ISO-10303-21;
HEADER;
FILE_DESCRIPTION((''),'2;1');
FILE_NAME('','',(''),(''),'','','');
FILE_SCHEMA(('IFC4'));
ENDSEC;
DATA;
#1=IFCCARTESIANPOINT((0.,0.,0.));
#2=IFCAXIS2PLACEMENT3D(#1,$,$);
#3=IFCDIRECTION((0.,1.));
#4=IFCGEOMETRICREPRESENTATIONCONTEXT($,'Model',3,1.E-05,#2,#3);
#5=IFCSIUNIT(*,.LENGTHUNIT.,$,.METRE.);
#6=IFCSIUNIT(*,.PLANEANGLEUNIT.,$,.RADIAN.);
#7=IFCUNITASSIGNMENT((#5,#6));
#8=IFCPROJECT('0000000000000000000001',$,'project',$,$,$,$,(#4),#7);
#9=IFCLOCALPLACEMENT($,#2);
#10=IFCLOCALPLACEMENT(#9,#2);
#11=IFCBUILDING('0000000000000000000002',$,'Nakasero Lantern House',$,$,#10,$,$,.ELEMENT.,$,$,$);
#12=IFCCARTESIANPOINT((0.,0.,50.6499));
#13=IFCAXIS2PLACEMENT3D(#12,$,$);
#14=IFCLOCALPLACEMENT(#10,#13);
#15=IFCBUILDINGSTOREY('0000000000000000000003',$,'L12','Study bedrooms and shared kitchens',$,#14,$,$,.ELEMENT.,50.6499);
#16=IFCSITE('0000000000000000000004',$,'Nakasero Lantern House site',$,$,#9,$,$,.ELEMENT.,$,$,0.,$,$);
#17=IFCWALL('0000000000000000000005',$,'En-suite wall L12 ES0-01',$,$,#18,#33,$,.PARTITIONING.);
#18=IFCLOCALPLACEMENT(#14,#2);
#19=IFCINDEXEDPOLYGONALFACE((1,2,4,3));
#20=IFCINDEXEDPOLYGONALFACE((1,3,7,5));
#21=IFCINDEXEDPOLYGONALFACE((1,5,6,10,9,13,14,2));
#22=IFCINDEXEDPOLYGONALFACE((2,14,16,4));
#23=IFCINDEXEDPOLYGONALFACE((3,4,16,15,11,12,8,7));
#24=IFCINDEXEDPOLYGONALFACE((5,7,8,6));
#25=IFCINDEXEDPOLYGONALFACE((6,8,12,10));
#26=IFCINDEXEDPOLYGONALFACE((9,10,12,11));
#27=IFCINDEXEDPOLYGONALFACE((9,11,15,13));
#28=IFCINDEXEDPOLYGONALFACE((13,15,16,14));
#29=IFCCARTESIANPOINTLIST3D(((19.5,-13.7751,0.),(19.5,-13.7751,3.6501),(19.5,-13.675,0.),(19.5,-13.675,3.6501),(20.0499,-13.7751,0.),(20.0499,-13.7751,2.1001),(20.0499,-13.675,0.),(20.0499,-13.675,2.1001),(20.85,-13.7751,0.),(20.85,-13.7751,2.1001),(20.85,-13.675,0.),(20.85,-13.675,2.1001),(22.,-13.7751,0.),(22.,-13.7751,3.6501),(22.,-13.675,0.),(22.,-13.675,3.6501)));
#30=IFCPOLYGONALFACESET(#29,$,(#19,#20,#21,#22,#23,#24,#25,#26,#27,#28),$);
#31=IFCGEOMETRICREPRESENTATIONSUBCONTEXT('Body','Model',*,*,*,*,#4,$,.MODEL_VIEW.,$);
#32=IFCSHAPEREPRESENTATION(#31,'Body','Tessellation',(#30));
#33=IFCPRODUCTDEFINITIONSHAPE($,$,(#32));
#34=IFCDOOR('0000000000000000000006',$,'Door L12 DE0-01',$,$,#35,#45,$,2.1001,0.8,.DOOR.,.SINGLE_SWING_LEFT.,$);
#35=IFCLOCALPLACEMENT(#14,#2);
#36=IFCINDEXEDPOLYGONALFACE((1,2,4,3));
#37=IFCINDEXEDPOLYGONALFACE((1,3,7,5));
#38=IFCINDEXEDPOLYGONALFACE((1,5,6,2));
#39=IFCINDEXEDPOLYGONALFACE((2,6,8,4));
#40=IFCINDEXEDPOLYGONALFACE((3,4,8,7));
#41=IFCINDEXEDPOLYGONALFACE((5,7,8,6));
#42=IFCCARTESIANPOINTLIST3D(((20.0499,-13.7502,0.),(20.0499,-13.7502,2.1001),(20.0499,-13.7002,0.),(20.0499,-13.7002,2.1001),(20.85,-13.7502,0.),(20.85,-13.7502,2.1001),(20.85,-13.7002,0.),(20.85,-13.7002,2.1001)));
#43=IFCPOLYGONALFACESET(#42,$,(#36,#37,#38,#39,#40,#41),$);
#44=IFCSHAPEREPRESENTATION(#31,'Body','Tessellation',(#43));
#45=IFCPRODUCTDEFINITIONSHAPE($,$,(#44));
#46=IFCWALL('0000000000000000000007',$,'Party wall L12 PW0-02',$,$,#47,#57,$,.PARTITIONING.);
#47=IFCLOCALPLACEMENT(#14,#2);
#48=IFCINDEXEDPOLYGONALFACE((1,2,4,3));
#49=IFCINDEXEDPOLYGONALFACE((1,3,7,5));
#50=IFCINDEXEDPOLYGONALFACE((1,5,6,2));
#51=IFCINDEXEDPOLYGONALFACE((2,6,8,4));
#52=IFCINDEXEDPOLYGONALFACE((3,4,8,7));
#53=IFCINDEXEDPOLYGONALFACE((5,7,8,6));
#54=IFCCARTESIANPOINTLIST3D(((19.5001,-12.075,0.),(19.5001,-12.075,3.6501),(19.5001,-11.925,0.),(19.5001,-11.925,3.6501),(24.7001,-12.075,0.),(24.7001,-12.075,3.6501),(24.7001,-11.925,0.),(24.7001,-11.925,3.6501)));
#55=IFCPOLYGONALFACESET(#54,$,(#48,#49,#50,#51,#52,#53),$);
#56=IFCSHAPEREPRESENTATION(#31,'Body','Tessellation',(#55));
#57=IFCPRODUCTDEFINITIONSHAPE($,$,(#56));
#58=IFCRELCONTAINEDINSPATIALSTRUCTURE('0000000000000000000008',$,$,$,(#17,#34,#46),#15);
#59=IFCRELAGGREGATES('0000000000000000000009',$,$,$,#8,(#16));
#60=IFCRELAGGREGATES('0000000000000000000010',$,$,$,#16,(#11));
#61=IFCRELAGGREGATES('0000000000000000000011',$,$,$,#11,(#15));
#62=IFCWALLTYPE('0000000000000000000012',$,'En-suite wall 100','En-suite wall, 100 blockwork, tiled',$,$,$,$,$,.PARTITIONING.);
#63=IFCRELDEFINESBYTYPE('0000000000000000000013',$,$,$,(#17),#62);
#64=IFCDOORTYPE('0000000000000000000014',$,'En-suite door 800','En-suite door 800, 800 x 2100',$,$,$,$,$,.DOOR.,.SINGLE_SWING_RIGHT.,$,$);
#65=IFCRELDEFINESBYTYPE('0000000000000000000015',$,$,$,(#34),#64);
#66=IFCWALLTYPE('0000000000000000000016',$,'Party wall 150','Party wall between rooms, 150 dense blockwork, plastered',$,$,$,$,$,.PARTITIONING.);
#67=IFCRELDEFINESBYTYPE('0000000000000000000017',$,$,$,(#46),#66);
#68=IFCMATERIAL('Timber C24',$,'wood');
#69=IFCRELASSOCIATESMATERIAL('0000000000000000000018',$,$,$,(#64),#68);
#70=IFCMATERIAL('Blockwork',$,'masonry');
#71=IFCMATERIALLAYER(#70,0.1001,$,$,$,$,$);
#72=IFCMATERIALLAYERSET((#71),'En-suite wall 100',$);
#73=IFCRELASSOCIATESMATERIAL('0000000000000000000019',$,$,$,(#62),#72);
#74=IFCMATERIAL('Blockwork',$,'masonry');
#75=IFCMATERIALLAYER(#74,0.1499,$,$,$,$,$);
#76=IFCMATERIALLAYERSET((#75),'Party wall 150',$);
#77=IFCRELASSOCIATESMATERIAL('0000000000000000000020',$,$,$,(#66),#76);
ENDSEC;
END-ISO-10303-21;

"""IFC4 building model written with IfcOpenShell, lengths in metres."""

from ifc_helpers import new_model, si_unit, direction, frame, frame_2d, origin, place, context, subcontext, project, spatial, rectangle, extrude, material, layer, layer_set, type_object, element, fill, save


model = new_model("IFC4")

# Units and contexts
model_context = context("Model", 3, precision=1e-05, world=origin(), true_north=direction((0.0, 1.0)))
body_context = subcontext(model_context, "Body", "Model", "MODEL_VIEW")
ifc_project = project(units=[si_unit("LENGTHUNIT", "METRE"), si_unit("PLANEANGLEUNIT", "RADIAN")], contexts=[model_context])

# Site, building, storey
site_placement = place(None, origin())
site = spatial("IfcSite", under=ifc_project, at=site_placement, Name="Nakasero Lantern House site", CompositionType="ELEMENT", RefElevation=0.0)
building_placement = place(site_placement, origin())
building = spatial("IfcBuilding", under=site, at=building_placement, Name="Nakasero Lantern House", CompositionType="ELEMENT")
storey_placement = place(building_placement, frame((0.0, 0.0, 50.6499)))
storey = spatial("IfcBuildingStorey", under=building, at=storey_placement, Name="L12", Description="Study bedrooms and shared kitchens", CompositionType="ELEMENT", Elevation=50.6499)

# Shared definitions
ifc_material_1 = material(Name="Timber C24", Category="wood")
door_type_1 = type_object("IfcDoorType", Name="En-suite door 800", Description="En-suite door 800, 800 x 2100", OperationType="SINGLE_SWING_RIGHT", PredefinedType="DOOR", material=ifc_material_1)

# Wall, opening, door
ifc_material_2 = material(Name="Blockwork", Category="masonry")
ifc_layer_1 = layer(ifc_material_2, 0.1001)
ifc_layer_set_1 = layer_set([ifc_layer_1], Name="En-suite wall 100")
wall_type_1 = type_object("IfcWallType", Name="En-suite wall 100", Description="En-suite wall, 100 blockwork, tiled", PredefinedType="PARTITIONING", material=ifc_layer_set_1)
wall_1_placement = place(storey_placement, frame((19.5, -13.7251, 0.0), z_axis=(0.0, 0.0, 1.0), x_axis=(1.0, 0.0, 0.0)))
wall_1 = element("IfcWall", 1, at=wall_1_placement, inside=storey, type_object=wall_type_1, Name="En-suite wall L12 ES0-01", PredefinedType="PARTITIONING", context=body_context, shape_type="SweptSolid", body=[
    extrude(rectangle(XDim=2.5, YDim=0.1001, at=frame_2d((1.25, 0.0))), origin(), (0.0, 0.0, 1.0), 3.6501),
])
opening_1_placement = place(wall_1_placement, frame((0.55, 0.0, 0.0)))
opening_1 = element("IfcOpeningElement", 2, at=opening_1_placement, cuts=wall_1, PredefinedType="OPENING", context=body_context, shape_type="SweptSolid", body=[
    extrude(rectangle(XDim=0.8, YDim=2.1001, at=frame_2d((0.3999, 1.05))), frame((0.0, 0.0701, 0.0), z_axis=(0.0, -1.0, 0.0), x_axis=(1.0, 0.0, 0.0)), (0.0, 0.0, 1.0), 0.1401),
])
door_1_placement = place(opening_1_placement, origin())
door_1 = element("IfcDoor", 3, at=door_1_placement, inside=storey, type_object=door_type_1, Name="Door L12 DE0-01", OperationType="SINGLE_SWING_LEFT", OverallHeight=2.1001, OverallWidth=0.8, PredefinedType="DOOR", context=body_context, shape_type="SweptSolid", body=[
    extrude(rectangle(XDim=0.8, YDim=2.1001, at=frame_2d((0.3999, 1.05))), frame((0.0, 0.0249, 0.0), z_axis=(0.0, -1.0, 0.0), x_axis=(1.0, 0.0, 0.0)), (0.0, 0.0, 1.0), 0.05),
])
fill(opening_1, door_1)

# Wall
ifc_material_3 = material(Name="Blockwork", Category="masonry")
ifc_layer_2 = layer(ifc_material_3, 0.1499)
ifc_layer_set_2 = layer_set([ifc_layer_2], Name="Party wall 150")
wall_type_2 = type_object("IfcWallType", Name="Party wall 150", Description="Party wall between rooms, 150 dense blockwork, plastered", PredefinedType="PARTITIONING", material=ifc_layer_set_2)
wall_2_placement = place(storey_placement, frame((19.5, -12.0, 0.0), z_axis=(0.0, 0.0, 1.0), x_axis=(1.0, 0.0, 0.0)))
element("IfcWall", 4, at=wall_2_placement, inside=storey, type_object=wall_type_2, Name="Party wall L12 PW0-02", PredefinedType="PARTITIONING", context=body_context, shape_type="SweptSolid", body=[
    extrude(rectangle(XDim=5.2, YDim=0.1499, at=frame_2d((2.6001, 0.0))), origin(), (0.0, 0.0, 1.0), 3.6501),
])

save(model, "model.ifc")
